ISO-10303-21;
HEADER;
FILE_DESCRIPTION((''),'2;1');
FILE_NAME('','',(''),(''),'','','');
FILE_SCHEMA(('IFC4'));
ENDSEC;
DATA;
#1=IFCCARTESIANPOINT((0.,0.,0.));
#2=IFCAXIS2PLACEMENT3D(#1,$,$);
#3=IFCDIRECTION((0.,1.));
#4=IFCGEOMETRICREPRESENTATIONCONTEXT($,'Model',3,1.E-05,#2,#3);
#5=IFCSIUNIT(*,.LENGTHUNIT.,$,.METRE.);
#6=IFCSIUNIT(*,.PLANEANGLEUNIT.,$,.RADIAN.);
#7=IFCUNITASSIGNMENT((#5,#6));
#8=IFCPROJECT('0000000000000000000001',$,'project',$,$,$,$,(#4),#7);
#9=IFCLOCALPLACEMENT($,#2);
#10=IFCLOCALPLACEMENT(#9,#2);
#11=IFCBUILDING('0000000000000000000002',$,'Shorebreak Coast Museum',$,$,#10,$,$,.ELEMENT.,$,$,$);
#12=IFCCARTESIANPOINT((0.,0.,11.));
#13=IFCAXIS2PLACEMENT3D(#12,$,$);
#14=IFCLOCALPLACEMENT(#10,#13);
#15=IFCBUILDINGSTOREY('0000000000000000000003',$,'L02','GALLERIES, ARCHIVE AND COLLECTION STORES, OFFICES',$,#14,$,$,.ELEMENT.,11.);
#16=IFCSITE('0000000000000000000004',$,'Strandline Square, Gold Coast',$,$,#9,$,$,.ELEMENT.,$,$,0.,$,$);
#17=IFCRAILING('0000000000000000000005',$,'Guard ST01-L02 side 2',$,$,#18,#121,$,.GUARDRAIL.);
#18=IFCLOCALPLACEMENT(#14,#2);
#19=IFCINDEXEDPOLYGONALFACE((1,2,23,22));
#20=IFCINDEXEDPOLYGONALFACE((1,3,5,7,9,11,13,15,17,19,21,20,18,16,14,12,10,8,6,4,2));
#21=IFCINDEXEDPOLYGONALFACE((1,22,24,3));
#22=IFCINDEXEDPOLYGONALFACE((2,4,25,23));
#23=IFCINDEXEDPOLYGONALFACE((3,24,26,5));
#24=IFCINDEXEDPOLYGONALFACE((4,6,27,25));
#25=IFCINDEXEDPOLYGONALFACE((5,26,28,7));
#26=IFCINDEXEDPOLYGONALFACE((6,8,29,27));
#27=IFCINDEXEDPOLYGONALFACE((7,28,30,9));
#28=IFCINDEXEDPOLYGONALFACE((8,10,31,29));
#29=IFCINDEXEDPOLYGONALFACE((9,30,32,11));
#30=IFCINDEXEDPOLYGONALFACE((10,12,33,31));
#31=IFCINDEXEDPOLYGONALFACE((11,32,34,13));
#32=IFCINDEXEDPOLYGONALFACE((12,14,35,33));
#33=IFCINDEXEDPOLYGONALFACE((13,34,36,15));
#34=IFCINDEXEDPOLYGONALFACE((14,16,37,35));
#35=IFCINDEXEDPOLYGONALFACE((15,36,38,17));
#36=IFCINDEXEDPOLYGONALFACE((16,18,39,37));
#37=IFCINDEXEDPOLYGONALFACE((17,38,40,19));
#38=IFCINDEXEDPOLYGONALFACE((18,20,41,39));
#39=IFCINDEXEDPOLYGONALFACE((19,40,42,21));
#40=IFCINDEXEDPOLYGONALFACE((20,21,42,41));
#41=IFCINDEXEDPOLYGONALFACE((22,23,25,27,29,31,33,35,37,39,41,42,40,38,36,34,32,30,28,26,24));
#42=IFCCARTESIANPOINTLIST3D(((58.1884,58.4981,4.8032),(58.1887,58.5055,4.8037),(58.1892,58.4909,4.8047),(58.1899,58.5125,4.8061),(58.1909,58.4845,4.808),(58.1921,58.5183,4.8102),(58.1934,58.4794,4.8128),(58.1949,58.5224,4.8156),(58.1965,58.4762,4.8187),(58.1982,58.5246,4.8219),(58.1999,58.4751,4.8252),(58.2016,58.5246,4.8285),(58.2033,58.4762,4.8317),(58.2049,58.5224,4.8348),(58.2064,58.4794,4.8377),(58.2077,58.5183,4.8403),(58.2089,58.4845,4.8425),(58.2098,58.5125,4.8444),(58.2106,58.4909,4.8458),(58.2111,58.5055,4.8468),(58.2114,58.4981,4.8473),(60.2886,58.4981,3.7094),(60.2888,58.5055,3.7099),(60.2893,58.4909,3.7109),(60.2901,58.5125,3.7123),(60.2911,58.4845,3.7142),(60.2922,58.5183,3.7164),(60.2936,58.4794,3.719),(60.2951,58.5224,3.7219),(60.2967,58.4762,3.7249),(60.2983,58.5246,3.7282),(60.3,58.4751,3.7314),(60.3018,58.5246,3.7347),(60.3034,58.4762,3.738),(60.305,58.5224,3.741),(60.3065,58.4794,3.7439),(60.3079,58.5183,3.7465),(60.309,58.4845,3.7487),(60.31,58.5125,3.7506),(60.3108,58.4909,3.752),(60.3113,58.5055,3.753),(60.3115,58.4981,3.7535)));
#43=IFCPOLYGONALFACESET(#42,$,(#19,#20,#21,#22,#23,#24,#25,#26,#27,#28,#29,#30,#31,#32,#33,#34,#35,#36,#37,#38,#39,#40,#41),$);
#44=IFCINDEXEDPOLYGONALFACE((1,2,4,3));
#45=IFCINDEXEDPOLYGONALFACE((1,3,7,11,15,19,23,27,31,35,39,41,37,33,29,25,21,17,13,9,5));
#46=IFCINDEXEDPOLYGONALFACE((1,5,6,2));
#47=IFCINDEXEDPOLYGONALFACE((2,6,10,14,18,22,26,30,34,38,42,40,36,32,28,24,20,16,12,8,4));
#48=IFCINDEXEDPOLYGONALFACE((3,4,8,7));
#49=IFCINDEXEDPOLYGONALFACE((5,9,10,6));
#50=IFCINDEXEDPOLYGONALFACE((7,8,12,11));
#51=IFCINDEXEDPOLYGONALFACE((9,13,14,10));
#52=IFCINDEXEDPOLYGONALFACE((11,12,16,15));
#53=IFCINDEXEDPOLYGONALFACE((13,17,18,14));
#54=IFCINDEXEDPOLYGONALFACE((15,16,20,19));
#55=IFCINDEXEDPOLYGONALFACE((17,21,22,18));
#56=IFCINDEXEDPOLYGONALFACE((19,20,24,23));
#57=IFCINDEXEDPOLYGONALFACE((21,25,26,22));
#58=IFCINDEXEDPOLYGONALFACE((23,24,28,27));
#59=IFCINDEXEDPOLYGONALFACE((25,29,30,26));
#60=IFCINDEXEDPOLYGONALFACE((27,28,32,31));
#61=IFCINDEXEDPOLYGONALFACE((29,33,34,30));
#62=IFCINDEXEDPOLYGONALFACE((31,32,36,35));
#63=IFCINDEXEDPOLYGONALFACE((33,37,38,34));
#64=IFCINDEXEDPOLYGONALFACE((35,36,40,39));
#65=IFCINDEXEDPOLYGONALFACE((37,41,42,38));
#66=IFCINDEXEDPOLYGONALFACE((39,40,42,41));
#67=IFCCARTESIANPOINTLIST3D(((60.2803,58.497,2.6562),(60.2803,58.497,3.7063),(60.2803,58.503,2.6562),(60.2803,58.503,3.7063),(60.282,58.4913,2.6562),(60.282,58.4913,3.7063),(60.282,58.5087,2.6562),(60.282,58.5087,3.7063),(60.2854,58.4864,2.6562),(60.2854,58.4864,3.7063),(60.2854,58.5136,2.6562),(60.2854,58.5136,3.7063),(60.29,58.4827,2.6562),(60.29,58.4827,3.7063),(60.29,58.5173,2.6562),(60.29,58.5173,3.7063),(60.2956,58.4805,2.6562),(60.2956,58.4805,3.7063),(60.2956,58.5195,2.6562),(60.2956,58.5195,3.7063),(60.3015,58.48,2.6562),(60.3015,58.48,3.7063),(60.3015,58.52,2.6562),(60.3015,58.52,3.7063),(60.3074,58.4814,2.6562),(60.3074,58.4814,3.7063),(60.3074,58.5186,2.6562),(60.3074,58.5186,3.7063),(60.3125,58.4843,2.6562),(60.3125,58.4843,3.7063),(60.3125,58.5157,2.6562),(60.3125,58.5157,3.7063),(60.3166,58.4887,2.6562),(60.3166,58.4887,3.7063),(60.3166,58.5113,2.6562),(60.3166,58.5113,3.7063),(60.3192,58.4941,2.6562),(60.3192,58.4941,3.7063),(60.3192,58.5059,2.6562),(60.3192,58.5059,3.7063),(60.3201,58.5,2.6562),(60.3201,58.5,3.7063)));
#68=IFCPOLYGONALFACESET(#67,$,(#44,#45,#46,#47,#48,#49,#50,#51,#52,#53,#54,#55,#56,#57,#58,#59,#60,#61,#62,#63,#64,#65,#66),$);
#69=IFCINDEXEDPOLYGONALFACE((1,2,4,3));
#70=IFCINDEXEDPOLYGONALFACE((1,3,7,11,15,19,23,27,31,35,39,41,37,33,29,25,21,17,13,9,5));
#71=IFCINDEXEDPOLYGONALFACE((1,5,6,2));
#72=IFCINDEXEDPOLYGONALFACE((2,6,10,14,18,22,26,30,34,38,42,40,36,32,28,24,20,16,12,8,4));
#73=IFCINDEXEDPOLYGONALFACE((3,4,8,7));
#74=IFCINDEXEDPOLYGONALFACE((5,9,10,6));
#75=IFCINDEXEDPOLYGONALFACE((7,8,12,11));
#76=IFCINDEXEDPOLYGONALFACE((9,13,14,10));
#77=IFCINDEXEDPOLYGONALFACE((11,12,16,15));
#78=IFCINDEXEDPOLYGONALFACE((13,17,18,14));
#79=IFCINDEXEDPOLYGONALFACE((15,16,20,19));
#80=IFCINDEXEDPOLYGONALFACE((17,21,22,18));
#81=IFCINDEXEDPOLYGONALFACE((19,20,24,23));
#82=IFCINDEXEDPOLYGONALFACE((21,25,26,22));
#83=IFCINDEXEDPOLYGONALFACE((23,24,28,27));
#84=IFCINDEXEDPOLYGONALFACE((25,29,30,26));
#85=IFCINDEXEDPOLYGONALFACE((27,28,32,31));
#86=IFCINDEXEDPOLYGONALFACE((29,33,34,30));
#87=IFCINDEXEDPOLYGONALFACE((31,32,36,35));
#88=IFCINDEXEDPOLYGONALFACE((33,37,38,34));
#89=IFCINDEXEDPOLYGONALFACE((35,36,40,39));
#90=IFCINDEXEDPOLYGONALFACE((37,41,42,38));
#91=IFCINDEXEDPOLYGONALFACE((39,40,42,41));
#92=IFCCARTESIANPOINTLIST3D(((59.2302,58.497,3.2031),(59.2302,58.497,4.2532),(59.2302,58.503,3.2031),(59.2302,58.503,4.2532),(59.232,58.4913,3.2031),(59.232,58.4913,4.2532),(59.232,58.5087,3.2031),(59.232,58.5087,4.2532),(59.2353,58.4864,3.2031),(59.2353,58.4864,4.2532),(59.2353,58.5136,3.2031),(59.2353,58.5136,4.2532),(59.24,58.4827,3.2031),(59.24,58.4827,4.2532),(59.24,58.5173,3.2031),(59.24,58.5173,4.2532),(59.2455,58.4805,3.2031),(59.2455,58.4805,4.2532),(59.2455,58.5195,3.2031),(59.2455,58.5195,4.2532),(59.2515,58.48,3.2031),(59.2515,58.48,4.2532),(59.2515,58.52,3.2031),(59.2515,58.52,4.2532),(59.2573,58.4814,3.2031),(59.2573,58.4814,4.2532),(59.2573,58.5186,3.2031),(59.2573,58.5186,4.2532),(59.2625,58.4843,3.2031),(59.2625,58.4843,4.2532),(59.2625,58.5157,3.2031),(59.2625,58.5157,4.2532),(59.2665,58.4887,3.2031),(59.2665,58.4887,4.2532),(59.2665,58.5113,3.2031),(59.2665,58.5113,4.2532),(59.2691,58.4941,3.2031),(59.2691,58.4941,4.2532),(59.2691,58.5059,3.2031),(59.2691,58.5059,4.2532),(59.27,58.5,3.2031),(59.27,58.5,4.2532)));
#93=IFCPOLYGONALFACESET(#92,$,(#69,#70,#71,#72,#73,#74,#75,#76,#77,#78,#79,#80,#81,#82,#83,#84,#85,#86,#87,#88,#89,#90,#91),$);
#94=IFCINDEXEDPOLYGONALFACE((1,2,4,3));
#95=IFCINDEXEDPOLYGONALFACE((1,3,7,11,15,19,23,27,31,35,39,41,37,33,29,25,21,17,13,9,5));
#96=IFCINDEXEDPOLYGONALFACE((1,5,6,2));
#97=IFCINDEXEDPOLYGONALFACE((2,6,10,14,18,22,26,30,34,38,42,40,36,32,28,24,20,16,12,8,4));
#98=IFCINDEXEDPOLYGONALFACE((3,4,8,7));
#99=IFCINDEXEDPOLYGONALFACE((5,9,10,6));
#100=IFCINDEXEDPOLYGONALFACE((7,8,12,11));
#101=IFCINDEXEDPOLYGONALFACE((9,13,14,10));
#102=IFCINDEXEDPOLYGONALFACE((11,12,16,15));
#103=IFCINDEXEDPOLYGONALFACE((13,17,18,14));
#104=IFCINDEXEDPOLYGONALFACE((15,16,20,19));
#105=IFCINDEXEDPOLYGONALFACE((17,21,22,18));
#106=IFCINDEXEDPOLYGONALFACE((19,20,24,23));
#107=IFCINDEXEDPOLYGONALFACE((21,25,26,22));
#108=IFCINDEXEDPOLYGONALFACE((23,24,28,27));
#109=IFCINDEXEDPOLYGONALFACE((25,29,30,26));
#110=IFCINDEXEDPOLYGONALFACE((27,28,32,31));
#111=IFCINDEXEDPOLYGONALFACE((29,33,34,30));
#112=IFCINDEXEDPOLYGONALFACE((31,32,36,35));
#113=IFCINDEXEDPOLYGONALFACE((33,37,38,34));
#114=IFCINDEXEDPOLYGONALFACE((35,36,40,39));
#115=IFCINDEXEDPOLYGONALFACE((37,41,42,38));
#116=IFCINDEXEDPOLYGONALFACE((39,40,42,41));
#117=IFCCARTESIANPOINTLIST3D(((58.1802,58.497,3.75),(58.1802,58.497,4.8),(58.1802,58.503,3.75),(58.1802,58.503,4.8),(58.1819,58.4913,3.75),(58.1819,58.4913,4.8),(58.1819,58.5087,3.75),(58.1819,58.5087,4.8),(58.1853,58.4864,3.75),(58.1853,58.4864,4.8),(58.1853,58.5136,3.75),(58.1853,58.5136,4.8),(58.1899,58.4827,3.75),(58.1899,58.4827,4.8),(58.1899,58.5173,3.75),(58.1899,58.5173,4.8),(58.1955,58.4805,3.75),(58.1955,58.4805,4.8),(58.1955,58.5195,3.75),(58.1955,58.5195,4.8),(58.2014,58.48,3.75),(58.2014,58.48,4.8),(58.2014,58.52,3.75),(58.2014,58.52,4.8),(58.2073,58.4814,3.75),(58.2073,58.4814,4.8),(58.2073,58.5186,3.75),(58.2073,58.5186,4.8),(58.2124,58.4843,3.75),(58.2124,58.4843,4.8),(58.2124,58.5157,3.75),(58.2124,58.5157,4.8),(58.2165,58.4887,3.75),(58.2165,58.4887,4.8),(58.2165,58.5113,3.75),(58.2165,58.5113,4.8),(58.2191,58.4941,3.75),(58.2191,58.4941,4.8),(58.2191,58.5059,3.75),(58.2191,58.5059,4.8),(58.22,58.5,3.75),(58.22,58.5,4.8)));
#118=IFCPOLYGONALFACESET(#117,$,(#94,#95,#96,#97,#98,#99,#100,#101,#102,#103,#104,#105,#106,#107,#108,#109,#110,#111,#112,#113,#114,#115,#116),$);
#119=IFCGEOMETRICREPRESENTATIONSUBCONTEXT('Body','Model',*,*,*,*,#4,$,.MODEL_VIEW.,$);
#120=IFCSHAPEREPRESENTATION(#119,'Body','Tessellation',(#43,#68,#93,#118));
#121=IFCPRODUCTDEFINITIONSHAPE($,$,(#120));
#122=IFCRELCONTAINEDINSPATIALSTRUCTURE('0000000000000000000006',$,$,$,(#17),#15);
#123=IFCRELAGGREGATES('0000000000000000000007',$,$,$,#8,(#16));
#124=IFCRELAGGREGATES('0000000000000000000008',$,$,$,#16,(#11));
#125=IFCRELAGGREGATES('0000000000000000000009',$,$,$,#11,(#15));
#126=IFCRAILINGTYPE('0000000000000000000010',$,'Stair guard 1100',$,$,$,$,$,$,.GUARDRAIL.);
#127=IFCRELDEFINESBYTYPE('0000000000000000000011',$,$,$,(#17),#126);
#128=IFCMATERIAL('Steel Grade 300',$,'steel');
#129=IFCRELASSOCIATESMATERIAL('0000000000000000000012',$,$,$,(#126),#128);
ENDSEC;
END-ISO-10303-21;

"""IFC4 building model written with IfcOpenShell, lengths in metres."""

from ifc_helpers import new_model, si_unit, direction, frame, origin, origin_2d, place, context, subcontext, project, spatial, circle, extrude, material, type_object, element, save


model = new_model("IFC4")

# Units and contexts
model_context = context("Model", 3, precision=1e-05, world=origin(), true_north=direction((0.0, 1.0)))
body_context = subcontext(model_context, "Body", "Model", "MODEL_VIEW")
ifc_project = project(units=[si_unit("LENGTHUNIT", "METRE"), si_unit("PLANEANGLEUNIT", "RADIAN")], contexts=[model_context])

# Site, building, storey
site_placement = place(None, origin())
site = spatial("IfcSite", under=ifc_project, at=site_placement, Name="Strandline Square, Gold Coast", CompositionType="ELEMENT", RefElevation=0.0)
building_placement = place(site_placement, origin())
building = spatial("IfcBuilding", under=site, at=building_placement, Name="Shorebreak Coast Museum", CompositionType="ELEMENT")
storey_placement = place(building_placement, frame((0.0, 0.0, 11.0)))
storey = spatial("IfcBuildingStorey", under=building, at=storey_placement, Name="L02", Description="GALLERIES, ARCHIVE AND COLLECTION STORES, OFFICES", CompositionType="ELEMENT", Elevation=11.0)

# Railing
ifc_material_1 = material(Name="Steel Grade 300", Category="steel")
railing_type_1 = type_object("IfcRailingType", Name="Stair guard 1100", PredefinedType="GUARDRAIL", material=ifc_material_1)
railing_1_placement = place(storey_placement, frame((60.3, 58.5, 2.6562)))
element("IfcRailing", 1, at=railing_1_placement, inside=storey, type_object=railing_type_1, Name="Guard ST01-L02 side 2", PredefinedType="GUARDRAIL", context=body_context, shape_type="SweptSolid", body=[
    extrude(circle(Radius=0.0249, at=origin_2d()), frame((0.0, 0.0, 1.0752), z_axis=(-0.886923, 0.0, 0.461918), x_axis=(0.0, -1.0, 0.0)), (0.0, 0.0, 1.0), 2.3679),
    extrude(circle(Radius=0.02, at=origin_2d()), origin(), (0.0, 0.0, 1.0), 1.05),
    extrude(circle(Radius=0.02, at=origin_2d()), frame((-1.05, 0.0, 0.5469)), (0.0, 0.0, 1.0), 1.05),
    extrude(circle(Radius=0.02, at=origin_2d()), frame((-2.1001, 0.0, 1.0938)), (0.0, 0.0, 1.0), 1.05),
])

save(model, "model.ifc")
